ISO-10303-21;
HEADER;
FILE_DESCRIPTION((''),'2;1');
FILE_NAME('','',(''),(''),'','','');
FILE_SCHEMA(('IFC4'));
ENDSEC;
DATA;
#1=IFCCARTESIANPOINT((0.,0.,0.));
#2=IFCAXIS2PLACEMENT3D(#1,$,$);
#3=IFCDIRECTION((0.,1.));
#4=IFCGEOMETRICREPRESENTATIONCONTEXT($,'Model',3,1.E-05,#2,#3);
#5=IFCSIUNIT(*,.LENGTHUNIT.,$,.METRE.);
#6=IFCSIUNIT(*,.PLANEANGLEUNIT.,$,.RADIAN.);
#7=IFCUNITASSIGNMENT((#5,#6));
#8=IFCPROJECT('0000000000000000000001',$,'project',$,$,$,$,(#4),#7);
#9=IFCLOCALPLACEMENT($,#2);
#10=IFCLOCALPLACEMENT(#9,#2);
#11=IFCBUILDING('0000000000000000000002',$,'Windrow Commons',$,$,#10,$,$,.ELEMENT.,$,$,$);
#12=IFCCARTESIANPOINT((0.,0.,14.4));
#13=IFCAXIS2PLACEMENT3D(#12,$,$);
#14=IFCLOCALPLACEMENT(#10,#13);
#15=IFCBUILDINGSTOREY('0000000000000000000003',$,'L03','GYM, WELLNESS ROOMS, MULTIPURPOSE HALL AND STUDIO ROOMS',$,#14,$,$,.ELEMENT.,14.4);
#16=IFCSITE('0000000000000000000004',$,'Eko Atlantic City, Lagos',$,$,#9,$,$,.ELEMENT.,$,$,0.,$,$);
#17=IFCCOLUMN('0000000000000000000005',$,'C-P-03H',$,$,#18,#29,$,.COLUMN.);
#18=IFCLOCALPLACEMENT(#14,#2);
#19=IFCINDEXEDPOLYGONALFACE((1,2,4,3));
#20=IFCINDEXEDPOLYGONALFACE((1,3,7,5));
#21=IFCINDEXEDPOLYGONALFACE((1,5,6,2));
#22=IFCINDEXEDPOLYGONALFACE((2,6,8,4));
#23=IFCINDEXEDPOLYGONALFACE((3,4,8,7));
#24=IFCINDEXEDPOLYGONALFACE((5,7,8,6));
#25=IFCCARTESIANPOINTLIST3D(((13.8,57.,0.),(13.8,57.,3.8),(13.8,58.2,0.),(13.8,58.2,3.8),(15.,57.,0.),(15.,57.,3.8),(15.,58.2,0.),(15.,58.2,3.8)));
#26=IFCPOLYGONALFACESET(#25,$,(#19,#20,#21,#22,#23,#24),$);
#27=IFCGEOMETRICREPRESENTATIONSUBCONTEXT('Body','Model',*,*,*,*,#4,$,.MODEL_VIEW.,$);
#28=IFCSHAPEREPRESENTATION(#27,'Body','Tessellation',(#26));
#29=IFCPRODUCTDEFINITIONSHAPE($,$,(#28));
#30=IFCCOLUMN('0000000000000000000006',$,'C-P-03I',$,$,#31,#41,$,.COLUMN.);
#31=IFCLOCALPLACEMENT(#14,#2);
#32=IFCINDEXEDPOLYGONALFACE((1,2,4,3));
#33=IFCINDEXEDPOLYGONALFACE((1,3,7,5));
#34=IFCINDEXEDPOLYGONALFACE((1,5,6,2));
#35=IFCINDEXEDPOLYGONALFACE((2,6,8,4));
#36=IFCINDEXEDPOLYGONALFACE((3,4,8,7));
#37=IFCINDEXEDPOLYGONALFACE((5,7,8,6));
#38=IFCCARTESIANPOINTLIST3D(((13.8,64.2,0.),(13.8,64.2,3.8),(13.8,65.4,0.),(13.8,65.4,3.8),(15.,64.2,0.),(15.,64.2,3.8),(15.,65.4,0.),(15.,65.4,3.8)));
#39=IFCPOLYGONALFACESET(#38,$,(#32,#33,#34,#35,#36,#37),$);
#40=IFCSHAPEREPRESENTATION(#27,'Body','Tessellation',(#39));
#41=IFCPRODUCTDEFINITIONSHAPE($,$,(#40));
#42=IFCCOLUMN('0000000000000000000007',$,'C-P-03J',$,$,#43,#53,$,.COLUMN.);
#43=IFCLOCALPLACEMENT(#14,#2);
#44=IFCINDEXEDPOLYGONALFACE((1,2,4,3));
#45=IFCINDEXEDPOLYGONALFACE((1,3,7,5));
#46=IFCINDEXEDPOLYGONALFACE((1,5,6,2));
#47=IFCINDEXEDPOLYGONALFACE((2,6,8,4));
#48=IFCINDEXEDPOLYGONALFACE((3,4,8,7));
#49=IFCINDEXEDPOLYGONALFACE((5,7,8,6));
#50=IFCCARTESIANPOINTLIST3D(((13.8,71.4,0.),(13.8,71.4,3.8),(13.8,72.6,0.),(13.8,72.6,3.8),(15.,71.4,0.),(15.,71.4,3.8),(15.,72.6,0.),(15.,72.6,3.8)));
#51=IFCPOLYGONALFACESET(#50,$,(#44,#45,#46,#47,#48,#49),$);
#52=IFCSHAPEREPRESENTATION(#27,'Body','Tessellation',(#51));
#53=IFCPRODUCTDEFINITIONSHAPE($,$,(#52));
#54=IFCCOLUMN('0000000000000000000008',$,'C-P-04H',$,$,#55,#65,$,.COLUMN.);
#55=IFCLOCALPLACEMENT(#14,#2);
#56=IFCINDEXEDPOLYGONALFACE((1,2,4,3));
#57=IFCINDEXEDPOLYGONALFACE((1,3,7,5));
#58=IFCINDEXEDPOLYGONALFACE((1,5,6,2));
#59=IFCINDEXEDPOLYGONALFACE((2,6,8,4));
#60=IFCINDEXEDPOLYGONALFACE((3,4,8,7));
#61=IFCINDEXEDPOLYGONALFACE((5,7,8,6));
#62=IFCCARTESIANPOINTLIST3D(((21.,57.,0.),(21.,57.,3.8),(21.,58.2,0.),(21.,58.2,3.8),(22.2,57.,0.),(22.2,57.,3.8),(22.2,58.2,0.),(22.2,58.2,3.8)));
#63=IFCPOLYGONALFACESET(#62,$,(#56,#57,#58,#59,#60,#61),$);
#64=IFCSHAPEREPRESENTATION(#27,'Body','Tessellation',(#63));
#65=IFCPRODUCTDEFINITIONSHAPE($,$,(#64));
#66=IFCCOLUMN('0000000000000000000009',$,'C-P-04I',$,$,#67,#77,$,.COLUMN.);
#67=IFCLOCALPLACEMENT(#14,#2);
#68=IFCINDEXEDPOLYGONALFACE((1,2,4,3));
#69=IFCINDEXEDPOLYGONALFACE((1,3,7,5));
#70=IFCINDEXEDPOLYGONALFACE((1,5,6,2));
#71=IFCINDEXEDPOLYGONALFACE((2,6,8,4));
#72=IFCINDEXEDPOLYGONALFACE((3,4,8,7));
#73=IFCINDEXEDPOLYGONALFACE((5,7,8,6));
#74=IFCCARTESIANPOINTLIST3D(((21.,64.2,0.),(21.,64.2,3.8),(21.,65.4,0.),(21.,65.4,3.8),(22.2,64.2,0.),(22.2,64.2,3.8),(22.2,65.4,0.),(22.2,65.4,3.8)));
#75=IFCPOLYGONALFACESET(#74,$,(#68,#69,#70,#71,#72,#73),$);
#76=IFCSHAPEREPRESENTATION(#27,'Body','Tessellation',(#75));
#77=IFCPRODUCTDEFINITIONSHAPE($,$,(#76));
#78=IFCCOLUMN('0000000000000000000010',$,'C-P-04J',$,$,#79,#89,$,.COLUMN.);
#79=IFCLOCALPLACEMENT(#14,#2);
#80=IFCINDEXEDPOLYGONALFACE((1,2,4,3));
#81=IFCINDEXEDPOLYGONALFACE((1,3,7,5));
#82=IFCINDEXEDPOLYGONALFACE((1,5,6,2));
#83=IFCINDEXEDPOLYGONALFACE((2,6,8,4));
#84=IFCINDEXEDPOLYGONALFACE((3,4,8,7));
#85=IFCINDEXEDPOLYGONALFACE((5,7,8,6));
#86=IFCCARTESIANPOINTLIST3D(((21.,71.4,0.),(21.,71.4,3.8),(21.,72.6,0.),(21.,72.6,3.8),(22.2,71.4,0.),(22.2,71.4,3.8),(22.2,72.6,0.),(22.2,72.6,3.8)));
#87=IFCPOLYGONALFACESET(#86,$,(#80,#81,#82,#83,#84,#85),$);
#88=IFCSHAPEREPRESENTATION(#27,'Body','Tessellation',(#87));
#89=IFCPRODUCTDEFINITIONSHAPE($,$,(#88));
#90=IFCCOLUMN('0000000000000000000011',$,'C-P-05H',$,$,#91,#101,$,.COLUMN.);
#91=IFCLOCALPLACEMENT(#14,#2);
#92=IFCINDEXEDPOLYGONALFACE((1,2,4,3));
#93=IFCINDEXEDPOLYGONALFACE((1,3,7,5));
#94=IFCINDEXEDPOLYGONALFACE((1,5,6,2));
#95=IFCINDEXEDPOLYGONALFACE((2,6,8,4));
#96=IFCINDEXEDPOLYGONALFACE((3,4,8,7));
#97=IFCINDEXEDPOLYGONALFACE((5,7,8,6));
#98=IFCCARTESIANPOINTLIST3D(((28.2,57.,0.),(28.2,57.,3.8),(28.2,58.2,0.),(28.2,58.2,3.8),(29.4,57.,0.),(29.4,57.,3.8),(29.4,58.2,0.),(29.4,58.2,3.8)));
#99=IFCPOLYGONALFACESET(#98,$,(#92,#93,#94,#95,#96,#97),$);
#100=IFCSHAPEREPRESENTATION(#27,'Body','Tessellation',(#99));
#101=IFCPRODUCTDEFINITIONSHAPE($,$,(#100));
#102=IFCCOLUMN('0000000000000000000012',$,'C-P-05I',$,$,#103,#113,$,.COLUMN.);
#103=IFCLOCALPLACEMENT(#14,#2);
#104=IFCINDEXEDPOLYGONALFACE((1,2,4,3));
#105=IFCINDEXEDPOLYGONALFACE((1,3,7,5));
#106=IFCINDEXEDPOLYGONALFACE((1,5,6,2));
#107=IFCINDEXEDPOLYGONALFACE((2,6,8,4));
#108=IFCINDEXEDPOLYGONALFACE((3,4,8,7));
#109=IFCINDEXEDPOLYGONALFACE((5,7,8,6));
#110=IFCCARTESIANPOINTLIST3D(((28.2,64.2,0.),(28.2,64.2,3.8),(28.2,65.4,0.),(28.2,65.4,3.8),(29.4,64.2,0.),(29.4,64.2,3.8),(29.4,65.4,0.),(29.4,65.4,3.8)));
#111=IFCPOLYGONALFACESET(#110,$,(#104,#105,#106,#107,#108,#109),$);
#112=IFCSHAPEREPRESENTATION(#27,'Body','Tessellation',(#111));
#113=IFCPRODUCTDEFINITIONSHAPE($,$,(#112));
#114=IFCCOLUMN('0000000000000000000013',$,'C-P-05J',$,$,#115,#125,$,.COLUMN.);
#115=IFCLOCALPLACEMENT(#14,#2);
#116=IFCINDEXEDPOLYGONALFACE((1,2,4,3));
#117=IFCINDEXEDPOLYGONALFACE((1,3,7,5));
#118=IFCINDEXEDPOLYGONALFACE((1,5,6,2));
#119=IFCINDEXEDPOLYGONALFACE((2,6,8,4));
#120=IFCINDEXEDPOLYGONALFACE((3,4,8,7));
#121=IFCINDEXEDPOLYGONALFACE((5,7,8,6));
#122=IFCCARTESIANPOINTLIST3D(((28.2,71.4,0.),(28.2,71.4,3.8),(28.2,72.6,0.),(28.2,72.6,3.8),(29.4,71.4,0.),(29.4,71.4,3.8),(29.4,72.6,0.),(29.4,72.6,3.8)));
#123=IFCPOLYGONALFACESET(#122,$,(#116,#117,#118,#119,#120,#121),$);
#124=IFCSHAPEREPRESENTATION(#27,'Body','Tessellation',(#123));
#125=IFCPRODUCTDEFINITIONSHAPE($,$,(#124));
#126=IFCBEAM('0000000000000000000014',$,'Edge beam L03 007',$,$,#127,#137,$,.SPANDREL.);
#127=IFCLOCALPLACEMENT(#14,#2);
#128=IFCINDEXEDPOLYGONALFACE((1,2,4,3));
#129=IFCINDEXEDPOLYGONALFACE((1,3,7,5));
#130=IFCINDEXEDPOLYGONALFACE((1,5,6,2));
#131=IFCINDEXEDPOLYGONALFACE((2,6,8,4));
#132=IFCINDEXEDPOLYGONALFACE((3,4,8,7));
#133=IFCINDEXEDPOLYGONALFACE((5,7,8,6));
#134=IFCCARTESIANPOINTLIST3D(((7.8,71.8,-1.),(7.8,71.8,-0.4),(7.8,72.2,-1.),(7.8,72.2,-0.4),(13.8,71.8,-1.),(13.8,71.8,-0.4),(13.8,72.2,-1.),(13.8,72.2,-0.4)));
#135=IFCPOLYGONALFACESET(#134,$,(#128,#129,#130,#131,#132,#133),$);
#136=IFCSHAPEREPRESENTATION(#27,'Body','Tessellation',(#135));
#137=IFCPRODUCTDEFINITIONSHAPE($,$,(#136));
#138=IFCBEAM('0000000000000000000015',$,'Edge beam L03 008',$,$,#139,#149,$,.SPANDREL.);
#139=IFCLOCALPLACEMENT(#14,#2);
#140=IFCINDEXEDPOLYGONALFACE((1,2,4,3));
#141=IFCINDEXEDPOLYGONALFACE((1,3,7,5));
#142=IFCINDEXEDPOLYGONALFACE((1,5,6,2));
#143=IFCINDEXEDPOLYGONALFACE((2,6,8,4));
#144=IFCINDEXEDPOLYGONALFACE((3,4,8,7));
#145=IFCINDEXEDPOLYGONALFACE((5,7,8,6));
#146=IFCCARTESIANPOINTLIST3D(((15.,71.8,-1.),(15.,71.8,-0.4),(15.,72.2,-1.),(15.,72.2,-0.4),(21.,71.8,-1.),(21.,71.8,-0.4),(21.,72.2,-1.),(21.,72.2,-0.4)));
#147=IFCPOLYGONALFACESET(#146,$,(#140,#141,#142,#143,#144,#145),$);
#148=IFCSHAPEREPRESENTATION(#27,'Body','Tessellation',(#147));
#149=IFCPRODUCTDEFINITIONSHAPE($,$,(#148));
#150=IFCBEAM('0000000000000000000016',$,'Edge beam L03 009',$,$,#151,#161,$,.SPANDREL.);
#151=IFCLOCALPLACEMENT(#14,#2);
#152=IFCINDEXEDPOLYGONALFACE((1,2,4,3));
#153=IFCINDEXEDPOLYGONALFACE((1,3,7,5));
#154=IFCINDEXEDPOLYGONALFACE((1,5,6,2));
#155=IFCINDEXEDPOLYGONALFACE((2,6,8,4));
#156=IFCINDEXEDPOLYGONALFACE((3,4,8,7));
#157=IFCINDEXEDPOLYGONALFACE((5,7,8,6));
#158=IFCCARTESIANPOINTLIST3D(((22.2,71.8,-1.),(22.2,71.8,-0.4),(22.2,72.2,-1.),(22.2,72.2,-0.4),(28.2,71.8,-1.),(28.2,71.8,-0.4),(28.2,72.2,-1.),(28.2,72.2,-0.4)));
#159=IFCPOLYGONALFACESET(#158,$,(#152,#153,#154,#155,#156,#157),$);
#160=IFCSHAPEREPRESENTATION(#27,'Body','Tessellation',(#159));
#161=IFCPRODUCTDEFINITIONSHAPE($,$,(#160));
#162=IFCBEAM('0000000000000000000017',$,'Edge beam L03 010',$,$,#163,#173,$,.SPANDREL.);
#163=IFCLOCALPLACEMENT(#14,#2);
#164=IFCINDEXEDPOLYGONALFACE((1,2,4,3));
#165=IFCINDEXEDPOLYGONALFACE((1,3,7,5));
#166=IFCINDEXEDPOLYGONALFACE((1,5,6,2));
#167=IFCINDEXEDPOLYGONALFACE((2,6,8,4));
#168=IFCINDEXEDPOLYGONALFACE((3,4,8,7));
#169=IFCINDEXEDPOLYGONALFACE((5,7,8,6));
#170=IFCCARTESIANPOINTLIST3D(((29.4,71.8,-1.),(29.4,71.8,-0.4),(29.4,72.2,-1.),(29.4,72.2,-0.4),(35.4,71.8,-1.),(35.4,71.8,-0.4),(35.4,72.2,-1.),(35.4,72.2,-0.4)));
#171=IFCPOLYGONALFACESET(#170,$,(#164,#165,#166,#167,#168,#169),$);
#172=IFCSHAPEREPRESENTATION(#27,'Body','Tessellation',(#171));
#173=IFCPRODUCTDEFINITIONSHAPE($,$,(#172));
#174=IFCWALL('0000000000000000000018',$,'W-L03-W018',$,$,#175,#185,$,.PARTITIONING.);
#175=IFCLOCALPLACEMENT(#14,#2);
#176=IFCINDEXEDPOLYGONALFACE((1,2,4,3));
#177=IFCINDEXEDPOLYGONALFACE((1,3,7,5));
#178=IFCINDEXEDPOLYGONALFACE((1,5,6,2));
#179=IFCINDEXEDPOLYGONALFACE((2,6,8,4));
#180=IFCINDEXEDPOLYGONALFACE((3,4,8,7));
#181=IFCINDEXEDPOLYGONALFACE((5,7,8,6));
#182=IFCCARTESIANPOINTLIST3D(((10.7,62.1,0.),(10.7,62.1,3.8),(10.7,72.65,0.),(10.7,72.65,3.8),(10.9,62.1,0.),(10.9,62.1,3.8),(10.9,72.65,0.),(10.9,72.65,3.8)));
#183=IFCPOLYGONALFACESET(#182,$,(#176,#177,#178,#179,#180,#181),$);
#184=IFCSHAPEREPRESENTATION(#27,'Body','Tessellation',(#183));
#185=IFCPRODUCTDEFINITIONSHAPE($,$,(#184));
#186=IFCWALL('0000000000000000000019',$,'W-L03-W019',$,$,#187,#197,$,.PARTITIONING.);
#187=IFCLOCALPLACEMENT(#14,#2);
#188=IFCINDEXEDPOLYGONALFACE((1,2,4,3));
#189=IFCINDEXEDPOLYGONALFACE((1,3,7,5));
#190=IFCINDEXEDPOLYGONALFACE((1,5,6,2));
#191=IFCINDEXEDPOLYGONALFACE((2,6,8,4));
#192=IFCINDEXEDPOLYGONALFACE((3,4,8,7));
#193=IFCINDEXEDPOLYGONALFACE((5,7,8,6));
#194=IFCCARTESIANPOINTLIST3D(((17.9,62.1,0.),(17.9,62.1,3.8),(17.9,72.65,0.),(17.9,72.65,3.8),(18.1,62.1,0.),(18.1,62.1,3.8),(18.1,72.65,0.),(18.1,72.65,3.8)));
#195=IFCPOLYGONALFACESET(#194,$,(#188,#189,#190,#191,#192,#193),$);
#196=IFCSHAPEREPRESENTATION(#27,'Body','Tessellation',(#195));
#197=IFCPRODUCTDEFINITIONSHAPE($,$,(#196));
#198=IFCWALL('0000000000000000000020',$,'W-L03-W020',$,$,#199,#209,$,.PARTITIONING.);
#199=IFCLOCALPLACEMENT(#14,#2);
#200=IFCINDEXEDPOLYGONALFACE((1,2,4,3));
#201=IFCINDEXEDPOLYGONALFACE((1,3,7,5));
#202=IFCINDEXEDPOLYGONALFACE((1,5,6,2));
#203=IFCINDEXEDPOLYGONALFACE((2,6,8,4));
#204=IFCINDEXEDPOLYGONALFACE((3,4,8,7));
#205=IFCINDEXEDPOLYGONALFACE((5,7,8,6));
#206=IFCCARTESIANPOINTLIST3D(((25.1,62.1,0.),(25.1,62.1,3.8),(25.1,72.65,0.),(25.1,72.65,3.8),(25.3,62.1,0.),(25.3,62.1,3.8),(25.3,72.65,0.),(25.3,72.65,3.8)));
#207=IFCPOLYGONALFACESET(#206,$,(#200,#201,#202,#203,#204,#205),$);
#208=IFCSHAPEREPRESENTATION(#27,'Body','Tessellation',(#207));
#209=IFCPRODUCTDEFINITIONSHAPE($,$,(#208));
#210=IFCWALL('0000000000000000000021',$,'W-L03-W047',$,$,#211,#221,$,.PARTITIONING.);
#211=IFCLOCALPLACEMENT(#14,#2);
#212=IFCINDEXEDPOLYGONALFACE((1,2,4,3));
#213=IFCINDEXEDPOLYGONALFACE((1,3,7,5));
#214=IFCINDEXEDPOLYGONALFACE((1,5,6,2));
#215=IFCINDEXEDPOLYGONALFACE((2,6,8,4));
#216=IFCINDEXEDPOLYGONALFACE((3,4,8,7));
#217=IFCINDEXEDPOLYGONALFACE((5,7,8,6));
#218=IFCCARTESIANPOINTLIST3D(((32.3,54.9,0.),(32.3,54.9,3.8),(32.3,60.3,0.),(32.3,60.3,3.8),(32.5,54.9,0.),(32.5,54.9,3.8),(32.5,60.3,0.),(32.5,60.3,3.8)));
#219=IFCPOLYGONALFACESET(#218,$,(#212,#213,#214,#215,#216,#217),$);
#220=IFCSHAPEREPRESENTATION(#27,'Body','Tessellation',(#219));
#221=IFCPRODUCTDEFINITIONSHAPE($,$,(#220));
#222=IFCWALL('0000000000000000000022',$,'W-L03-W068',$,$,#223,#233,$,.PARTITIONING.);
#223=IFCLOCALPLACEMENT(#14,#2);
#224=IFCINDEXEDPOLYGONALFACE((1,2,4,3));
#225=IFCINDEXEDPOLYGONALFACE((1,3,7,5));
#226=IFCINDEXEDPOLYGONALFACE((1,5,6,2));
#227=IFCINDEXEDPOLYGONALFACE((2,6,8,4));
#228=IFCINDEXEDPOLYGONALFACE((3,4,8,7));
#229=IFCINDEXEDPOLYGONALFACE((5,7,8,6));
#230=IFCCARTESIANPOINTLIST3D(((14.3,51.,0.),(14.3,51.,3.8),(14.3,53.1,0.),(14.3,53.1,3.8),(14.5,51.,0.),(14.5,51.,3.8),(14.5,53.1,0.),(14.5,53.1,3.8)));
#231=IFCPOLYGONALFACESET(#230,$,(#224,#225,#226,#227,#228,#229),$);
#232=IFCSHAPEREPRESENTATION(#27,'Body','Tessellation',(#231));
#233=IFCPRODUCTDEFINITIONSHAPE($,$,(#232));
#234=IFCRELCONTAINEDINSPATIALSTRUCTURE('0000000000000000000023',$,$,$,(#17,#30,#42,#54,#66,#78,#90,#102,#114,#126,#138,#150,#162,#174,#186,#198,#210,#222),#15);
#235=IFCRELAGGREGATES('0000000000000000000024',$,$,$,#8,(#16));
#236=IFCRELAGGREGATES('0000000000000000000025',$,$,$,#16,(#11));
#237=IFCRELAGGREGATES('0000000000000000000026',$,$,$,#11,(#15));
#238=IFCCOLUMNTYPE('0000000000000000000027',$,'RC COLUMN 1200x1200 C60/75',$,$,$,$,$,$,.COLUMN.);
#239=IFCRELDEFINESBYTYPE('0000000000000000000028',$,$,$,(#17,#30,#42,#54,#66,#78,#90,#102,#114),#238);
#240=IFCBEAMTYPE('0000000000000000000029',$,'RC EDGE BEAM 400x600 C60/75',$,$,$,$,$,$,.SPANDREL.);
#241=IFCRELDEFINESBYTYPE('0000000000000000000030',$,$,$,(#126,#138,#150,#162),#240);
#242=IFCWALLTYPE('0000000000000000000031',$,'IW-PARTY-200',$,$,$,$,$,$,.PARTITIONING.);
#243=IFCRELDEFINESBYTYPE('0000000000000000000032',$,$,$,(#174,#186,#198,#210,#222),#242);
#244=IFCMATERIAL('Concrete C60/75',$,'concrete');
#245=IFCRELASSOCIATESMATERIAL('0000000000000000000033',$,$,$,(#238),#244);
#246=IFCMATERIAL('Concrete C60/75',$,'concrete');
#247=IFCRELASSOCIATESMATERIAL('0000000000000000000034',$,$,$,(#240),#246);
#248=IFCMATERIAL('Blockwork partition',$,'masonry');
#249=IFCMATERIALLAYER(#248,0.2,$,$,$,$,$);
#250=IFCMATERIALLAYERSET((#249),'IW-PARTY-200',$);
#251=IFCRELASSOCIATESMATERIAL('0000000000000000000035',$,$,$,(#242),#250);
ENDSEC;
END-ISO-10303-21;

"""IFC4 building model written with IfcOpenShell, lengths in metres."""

from ifc_helpers import new_model, si_unit, direction, frame, frame_2d, origin, origin_2d, place, context, subcontext, project, spatial, rectangle, extrude, material, layer, layer_set, material_profile, profile_set, type_object, element, save


model = new_model("IFC4")

# Units and contexts
model_context = context("Model", 3, precision=1e-05, world=origin(), true_north=direction((0.0, 1.0)))
body_context = subcontext(model_context, "Body", "Model", "MODEL_VIEW")
ifc_project = project(units=[si_unit("LENGTHUNIT", "METRE"), si_unit("PLANEANGLEUNIT", "RADIAN")], contexts=[model_context])

# Site, building, storey
site_placement = place(None, origin())
site = spatial("IfcSite", under=ifc_project, at=site_placement, Name="Eko Atlantic City, Lagos", CompositionType="ELEMENT", RefElevation=0.0)
building_placement = place(site_placement, origin())
building = spatial("IfcBuilding", under=site, at=building_placement, Name="Windrow Commons", CompositionType="ELEMENT")
storey_placement = place(building_placement, frame((0.0, 0.0, 14.4)))
storey = spatial("IfcBuildingStorey", under=building, at=storey_placement, Name="L03", Description="GYM, WELLNESS ROOMS, MULTIPURPOSE HALL AND STUDIO ROOMS", CompositionType="ELEMENT", Elevation=14.4)

# Columns
ifc_material_1 = material(Name="Concrete C60/75", Category="concrete")
ifc_material_profile_1 = material_profile(ifc_material_1, rectangle(XDim=1.2, YDim=1.2, at=origin_2d()))
ifc_profile_set_1 = profile_set([ifc_material_profile_1], Name="Concrete C60/75")
column_type = type_object("IfcColumnType", Name="RC COLUMN 1200x1200 C60/75", PredefinedType="COLUMN", material=ifc_profile_set_1)
for number, where, z_axis, x_axis, name in (
    (1, (14.4, 57.6, 0.0), (0.0, 0.0, 1.0), (1.0, 0.0, 0.0), "C-P-03H"),
    (2, (14.4, 64.8, 0.0), (0.0, 0.0, 1.0), (1.0, 0.0, 0.0), "C-P-03I"),
    (3, (14.4, 72.0, 0.0), (0.0, 0.0, 1.0), (1.0, 0.0, 0.0), "C-P-03J"),
    (4, (21.6, 57.6, 0.0), (0.0, 0.0, 1.0), (1.0, 0.0, 0.0), "C-P-04H"),
    (5, (21.6, 64.8, 0.0), (0.0, 0.0, 1.0), (1.0, 0.0, 0.0), "C-P-04I"),
    (6, (21.6, 72.0, 0.0), (0.0, 0.0, 1.0), (1.0, 0.0, 0.0), "C-P-04J"),
    (7, (28.8, 57.6, 0.0), (0.0, 0.0, 1.0), (1.0, 0.0, 0.0), "C-P-05H"),
    (8, (28.8, 64.8, 0.0), (0.0, 0.0, 1.0), (1.0, 0.0, 0.0), "C-P-05I"),
    (9, (28.8, 72.0, 0.0), (0.0, 0.0, 1.0), (1.0, 0.0, 0.0), "C-P-05J"),
):
    element("IfcColumn", number, at=place(storey_placement, frame(where, z_axis=z_axis, x_axis=x_axis)), inside=storey, type_object=column_type, Name=name, PredefinedType="COLUMN", context=body_context, shape_type="SweptSolid", body=[
        extrude(rectangle(XDim=1.2, YDim=1.2, at=origin_2d()), origin(), (0.0, 0.0, 1.0), 3.8),
    ])

# Beams
ifc_material_2 = material(Name="Concrete C60/75", Category="concrete")
ifc_material_profile_2 = material_profile(ifc_material_2, rectangle(XDim=0.4, YDim=0.6, at=origin_2d()))
ifc_profile_set_2 = profile_set([ifc_material_profile_2], Name="Concrete C60/75")
beam_type = type_object("IfcBeamType", Name="RC EDGE BEAM 400x600 C60/75", PredefinedType="SPANDREL", material=ifc_profile_set_2)
for number, where, z_axis, x_axis, name in (
    (10, (7.8, 72.0, -0.7), (1.0, 0.0, 0.0), (0.0, 1.0, 0.0), "Edge beam L03 007"),
    (11, (15.0, 72.0, -0.7), (1.0, 0.0, 0.0), (0.0, 1.0, 0.0), "Edge beam L03 008"),
    (12, (22.2, 72.0, -0.7), (1.0, 0.0, 0.0), (0.0, 1.0, 0.0), "Edge beam L03 009"),
    (13, (29.4, 72.0, -0.7), (1.0, 0.0, 0.0), (0.0, 1.0, 0.0), "Edge beam L03 010"),
):
    element("IfcBeam", number, at=place(storey_placement, frame(where, z_axis=z_axis, x_axis=x_axis)), inside=storey, type_object=beam_type, Name=name, PredefinedType="SPANDREL", context=body_context, shape_type="SweptSolid", body=[
        extrude(rectangle(XDim=0.4, YDim=0.6, at=origin_2d()), origin(), (0.0, 0.0, 1.0), 6.0),
    ])

# Walls
ifc_material_3 = material(Name="Blockwork partition", Category="masonry")
ifc_layer = layer(ifc_material_3, 0.2)
ifc_layer_set = layer_set([ifc_layer], Name="IW-PARTY-200")
wall_type = type_object("IfcWallType", Name="IW-PARTY-200", PredefinedType="PARTITIONING", material=ifc_layer_set)
for number, where, z_axis, x_axis, name in (
    (14, (10.8, 62.1, 0.0), (0.0, 0.0, 1.0), (0.0, 1.0, 0.0), "W-L03-W018"),
    (15, (18.0, 62.1, 0.0), (0.0, 0.0, 1.0), (0.0, 1.0, 0.0), "W-L03-W019"),
    (16, (25.2, 62.1, 0.0), (0.0, 0.0, 1.0), (0.0, 1.0, 0.0), "W-L03-W020"),
):
    element("IfcWall", number, at=place(storey_placement, frame(where, z_axis=z_axis, x_axis=x_axis)), inside=storey, type_object=wall_type, Name=name, PredefinedType="PARTITIONING", context=body_context, shape_type="SweptSolid", body=[
        extrude(rectangle(XDim=10.55, YDim=0.2, at=frame_2d((5.275, 0.0))), origin(), (0.0, 0.0, 1.0), 3.8),
    ])
wall_placement = place(storey_placement, frame((32.4, 54.9, 0.0), z_axis=(0.0, 0.0, 1.0), x_axis=(0.0, 1.0, 0.0)))
element("IfcWall", 17, at=wall_placement, inside=storey, type_object=wall_type, Name="W-L03-W047", PredefinedType="PARTITIONING", context=body_context, shape_type="SweptSolid", body=[
    extrude(rectangle(XDim=5.4, YDim=0.2, at=frame_2d((2.7, 0.0))), origin(), (0.0, 0.0, 1.0), 3.8),
])
for number, where, z_axis, x_axis, name in (
    (18, (14.4, 51.0, 0.0), (0.0, 0.0, 1.0), (0.0, 1.0, 0.0), "W-L03-W068"),
):
    element("IfcWall", number, at=place(storey_placement, frame(where, z_axis=z_axis, x_axis=x_axis)), inside=storey, type_object=wall_type, Name=name, PredefinedType="PARTITIONING", context=body_context, shape_type="SweptSolid", body=[
        extrude(rectangle(XDim=2.1, YDim=0.2, at=frame_2d((1.05, 0.0))), origin(), (0.0, 0.0, 1.0), 3.8),
    ])

save(model, "model.ifc")
